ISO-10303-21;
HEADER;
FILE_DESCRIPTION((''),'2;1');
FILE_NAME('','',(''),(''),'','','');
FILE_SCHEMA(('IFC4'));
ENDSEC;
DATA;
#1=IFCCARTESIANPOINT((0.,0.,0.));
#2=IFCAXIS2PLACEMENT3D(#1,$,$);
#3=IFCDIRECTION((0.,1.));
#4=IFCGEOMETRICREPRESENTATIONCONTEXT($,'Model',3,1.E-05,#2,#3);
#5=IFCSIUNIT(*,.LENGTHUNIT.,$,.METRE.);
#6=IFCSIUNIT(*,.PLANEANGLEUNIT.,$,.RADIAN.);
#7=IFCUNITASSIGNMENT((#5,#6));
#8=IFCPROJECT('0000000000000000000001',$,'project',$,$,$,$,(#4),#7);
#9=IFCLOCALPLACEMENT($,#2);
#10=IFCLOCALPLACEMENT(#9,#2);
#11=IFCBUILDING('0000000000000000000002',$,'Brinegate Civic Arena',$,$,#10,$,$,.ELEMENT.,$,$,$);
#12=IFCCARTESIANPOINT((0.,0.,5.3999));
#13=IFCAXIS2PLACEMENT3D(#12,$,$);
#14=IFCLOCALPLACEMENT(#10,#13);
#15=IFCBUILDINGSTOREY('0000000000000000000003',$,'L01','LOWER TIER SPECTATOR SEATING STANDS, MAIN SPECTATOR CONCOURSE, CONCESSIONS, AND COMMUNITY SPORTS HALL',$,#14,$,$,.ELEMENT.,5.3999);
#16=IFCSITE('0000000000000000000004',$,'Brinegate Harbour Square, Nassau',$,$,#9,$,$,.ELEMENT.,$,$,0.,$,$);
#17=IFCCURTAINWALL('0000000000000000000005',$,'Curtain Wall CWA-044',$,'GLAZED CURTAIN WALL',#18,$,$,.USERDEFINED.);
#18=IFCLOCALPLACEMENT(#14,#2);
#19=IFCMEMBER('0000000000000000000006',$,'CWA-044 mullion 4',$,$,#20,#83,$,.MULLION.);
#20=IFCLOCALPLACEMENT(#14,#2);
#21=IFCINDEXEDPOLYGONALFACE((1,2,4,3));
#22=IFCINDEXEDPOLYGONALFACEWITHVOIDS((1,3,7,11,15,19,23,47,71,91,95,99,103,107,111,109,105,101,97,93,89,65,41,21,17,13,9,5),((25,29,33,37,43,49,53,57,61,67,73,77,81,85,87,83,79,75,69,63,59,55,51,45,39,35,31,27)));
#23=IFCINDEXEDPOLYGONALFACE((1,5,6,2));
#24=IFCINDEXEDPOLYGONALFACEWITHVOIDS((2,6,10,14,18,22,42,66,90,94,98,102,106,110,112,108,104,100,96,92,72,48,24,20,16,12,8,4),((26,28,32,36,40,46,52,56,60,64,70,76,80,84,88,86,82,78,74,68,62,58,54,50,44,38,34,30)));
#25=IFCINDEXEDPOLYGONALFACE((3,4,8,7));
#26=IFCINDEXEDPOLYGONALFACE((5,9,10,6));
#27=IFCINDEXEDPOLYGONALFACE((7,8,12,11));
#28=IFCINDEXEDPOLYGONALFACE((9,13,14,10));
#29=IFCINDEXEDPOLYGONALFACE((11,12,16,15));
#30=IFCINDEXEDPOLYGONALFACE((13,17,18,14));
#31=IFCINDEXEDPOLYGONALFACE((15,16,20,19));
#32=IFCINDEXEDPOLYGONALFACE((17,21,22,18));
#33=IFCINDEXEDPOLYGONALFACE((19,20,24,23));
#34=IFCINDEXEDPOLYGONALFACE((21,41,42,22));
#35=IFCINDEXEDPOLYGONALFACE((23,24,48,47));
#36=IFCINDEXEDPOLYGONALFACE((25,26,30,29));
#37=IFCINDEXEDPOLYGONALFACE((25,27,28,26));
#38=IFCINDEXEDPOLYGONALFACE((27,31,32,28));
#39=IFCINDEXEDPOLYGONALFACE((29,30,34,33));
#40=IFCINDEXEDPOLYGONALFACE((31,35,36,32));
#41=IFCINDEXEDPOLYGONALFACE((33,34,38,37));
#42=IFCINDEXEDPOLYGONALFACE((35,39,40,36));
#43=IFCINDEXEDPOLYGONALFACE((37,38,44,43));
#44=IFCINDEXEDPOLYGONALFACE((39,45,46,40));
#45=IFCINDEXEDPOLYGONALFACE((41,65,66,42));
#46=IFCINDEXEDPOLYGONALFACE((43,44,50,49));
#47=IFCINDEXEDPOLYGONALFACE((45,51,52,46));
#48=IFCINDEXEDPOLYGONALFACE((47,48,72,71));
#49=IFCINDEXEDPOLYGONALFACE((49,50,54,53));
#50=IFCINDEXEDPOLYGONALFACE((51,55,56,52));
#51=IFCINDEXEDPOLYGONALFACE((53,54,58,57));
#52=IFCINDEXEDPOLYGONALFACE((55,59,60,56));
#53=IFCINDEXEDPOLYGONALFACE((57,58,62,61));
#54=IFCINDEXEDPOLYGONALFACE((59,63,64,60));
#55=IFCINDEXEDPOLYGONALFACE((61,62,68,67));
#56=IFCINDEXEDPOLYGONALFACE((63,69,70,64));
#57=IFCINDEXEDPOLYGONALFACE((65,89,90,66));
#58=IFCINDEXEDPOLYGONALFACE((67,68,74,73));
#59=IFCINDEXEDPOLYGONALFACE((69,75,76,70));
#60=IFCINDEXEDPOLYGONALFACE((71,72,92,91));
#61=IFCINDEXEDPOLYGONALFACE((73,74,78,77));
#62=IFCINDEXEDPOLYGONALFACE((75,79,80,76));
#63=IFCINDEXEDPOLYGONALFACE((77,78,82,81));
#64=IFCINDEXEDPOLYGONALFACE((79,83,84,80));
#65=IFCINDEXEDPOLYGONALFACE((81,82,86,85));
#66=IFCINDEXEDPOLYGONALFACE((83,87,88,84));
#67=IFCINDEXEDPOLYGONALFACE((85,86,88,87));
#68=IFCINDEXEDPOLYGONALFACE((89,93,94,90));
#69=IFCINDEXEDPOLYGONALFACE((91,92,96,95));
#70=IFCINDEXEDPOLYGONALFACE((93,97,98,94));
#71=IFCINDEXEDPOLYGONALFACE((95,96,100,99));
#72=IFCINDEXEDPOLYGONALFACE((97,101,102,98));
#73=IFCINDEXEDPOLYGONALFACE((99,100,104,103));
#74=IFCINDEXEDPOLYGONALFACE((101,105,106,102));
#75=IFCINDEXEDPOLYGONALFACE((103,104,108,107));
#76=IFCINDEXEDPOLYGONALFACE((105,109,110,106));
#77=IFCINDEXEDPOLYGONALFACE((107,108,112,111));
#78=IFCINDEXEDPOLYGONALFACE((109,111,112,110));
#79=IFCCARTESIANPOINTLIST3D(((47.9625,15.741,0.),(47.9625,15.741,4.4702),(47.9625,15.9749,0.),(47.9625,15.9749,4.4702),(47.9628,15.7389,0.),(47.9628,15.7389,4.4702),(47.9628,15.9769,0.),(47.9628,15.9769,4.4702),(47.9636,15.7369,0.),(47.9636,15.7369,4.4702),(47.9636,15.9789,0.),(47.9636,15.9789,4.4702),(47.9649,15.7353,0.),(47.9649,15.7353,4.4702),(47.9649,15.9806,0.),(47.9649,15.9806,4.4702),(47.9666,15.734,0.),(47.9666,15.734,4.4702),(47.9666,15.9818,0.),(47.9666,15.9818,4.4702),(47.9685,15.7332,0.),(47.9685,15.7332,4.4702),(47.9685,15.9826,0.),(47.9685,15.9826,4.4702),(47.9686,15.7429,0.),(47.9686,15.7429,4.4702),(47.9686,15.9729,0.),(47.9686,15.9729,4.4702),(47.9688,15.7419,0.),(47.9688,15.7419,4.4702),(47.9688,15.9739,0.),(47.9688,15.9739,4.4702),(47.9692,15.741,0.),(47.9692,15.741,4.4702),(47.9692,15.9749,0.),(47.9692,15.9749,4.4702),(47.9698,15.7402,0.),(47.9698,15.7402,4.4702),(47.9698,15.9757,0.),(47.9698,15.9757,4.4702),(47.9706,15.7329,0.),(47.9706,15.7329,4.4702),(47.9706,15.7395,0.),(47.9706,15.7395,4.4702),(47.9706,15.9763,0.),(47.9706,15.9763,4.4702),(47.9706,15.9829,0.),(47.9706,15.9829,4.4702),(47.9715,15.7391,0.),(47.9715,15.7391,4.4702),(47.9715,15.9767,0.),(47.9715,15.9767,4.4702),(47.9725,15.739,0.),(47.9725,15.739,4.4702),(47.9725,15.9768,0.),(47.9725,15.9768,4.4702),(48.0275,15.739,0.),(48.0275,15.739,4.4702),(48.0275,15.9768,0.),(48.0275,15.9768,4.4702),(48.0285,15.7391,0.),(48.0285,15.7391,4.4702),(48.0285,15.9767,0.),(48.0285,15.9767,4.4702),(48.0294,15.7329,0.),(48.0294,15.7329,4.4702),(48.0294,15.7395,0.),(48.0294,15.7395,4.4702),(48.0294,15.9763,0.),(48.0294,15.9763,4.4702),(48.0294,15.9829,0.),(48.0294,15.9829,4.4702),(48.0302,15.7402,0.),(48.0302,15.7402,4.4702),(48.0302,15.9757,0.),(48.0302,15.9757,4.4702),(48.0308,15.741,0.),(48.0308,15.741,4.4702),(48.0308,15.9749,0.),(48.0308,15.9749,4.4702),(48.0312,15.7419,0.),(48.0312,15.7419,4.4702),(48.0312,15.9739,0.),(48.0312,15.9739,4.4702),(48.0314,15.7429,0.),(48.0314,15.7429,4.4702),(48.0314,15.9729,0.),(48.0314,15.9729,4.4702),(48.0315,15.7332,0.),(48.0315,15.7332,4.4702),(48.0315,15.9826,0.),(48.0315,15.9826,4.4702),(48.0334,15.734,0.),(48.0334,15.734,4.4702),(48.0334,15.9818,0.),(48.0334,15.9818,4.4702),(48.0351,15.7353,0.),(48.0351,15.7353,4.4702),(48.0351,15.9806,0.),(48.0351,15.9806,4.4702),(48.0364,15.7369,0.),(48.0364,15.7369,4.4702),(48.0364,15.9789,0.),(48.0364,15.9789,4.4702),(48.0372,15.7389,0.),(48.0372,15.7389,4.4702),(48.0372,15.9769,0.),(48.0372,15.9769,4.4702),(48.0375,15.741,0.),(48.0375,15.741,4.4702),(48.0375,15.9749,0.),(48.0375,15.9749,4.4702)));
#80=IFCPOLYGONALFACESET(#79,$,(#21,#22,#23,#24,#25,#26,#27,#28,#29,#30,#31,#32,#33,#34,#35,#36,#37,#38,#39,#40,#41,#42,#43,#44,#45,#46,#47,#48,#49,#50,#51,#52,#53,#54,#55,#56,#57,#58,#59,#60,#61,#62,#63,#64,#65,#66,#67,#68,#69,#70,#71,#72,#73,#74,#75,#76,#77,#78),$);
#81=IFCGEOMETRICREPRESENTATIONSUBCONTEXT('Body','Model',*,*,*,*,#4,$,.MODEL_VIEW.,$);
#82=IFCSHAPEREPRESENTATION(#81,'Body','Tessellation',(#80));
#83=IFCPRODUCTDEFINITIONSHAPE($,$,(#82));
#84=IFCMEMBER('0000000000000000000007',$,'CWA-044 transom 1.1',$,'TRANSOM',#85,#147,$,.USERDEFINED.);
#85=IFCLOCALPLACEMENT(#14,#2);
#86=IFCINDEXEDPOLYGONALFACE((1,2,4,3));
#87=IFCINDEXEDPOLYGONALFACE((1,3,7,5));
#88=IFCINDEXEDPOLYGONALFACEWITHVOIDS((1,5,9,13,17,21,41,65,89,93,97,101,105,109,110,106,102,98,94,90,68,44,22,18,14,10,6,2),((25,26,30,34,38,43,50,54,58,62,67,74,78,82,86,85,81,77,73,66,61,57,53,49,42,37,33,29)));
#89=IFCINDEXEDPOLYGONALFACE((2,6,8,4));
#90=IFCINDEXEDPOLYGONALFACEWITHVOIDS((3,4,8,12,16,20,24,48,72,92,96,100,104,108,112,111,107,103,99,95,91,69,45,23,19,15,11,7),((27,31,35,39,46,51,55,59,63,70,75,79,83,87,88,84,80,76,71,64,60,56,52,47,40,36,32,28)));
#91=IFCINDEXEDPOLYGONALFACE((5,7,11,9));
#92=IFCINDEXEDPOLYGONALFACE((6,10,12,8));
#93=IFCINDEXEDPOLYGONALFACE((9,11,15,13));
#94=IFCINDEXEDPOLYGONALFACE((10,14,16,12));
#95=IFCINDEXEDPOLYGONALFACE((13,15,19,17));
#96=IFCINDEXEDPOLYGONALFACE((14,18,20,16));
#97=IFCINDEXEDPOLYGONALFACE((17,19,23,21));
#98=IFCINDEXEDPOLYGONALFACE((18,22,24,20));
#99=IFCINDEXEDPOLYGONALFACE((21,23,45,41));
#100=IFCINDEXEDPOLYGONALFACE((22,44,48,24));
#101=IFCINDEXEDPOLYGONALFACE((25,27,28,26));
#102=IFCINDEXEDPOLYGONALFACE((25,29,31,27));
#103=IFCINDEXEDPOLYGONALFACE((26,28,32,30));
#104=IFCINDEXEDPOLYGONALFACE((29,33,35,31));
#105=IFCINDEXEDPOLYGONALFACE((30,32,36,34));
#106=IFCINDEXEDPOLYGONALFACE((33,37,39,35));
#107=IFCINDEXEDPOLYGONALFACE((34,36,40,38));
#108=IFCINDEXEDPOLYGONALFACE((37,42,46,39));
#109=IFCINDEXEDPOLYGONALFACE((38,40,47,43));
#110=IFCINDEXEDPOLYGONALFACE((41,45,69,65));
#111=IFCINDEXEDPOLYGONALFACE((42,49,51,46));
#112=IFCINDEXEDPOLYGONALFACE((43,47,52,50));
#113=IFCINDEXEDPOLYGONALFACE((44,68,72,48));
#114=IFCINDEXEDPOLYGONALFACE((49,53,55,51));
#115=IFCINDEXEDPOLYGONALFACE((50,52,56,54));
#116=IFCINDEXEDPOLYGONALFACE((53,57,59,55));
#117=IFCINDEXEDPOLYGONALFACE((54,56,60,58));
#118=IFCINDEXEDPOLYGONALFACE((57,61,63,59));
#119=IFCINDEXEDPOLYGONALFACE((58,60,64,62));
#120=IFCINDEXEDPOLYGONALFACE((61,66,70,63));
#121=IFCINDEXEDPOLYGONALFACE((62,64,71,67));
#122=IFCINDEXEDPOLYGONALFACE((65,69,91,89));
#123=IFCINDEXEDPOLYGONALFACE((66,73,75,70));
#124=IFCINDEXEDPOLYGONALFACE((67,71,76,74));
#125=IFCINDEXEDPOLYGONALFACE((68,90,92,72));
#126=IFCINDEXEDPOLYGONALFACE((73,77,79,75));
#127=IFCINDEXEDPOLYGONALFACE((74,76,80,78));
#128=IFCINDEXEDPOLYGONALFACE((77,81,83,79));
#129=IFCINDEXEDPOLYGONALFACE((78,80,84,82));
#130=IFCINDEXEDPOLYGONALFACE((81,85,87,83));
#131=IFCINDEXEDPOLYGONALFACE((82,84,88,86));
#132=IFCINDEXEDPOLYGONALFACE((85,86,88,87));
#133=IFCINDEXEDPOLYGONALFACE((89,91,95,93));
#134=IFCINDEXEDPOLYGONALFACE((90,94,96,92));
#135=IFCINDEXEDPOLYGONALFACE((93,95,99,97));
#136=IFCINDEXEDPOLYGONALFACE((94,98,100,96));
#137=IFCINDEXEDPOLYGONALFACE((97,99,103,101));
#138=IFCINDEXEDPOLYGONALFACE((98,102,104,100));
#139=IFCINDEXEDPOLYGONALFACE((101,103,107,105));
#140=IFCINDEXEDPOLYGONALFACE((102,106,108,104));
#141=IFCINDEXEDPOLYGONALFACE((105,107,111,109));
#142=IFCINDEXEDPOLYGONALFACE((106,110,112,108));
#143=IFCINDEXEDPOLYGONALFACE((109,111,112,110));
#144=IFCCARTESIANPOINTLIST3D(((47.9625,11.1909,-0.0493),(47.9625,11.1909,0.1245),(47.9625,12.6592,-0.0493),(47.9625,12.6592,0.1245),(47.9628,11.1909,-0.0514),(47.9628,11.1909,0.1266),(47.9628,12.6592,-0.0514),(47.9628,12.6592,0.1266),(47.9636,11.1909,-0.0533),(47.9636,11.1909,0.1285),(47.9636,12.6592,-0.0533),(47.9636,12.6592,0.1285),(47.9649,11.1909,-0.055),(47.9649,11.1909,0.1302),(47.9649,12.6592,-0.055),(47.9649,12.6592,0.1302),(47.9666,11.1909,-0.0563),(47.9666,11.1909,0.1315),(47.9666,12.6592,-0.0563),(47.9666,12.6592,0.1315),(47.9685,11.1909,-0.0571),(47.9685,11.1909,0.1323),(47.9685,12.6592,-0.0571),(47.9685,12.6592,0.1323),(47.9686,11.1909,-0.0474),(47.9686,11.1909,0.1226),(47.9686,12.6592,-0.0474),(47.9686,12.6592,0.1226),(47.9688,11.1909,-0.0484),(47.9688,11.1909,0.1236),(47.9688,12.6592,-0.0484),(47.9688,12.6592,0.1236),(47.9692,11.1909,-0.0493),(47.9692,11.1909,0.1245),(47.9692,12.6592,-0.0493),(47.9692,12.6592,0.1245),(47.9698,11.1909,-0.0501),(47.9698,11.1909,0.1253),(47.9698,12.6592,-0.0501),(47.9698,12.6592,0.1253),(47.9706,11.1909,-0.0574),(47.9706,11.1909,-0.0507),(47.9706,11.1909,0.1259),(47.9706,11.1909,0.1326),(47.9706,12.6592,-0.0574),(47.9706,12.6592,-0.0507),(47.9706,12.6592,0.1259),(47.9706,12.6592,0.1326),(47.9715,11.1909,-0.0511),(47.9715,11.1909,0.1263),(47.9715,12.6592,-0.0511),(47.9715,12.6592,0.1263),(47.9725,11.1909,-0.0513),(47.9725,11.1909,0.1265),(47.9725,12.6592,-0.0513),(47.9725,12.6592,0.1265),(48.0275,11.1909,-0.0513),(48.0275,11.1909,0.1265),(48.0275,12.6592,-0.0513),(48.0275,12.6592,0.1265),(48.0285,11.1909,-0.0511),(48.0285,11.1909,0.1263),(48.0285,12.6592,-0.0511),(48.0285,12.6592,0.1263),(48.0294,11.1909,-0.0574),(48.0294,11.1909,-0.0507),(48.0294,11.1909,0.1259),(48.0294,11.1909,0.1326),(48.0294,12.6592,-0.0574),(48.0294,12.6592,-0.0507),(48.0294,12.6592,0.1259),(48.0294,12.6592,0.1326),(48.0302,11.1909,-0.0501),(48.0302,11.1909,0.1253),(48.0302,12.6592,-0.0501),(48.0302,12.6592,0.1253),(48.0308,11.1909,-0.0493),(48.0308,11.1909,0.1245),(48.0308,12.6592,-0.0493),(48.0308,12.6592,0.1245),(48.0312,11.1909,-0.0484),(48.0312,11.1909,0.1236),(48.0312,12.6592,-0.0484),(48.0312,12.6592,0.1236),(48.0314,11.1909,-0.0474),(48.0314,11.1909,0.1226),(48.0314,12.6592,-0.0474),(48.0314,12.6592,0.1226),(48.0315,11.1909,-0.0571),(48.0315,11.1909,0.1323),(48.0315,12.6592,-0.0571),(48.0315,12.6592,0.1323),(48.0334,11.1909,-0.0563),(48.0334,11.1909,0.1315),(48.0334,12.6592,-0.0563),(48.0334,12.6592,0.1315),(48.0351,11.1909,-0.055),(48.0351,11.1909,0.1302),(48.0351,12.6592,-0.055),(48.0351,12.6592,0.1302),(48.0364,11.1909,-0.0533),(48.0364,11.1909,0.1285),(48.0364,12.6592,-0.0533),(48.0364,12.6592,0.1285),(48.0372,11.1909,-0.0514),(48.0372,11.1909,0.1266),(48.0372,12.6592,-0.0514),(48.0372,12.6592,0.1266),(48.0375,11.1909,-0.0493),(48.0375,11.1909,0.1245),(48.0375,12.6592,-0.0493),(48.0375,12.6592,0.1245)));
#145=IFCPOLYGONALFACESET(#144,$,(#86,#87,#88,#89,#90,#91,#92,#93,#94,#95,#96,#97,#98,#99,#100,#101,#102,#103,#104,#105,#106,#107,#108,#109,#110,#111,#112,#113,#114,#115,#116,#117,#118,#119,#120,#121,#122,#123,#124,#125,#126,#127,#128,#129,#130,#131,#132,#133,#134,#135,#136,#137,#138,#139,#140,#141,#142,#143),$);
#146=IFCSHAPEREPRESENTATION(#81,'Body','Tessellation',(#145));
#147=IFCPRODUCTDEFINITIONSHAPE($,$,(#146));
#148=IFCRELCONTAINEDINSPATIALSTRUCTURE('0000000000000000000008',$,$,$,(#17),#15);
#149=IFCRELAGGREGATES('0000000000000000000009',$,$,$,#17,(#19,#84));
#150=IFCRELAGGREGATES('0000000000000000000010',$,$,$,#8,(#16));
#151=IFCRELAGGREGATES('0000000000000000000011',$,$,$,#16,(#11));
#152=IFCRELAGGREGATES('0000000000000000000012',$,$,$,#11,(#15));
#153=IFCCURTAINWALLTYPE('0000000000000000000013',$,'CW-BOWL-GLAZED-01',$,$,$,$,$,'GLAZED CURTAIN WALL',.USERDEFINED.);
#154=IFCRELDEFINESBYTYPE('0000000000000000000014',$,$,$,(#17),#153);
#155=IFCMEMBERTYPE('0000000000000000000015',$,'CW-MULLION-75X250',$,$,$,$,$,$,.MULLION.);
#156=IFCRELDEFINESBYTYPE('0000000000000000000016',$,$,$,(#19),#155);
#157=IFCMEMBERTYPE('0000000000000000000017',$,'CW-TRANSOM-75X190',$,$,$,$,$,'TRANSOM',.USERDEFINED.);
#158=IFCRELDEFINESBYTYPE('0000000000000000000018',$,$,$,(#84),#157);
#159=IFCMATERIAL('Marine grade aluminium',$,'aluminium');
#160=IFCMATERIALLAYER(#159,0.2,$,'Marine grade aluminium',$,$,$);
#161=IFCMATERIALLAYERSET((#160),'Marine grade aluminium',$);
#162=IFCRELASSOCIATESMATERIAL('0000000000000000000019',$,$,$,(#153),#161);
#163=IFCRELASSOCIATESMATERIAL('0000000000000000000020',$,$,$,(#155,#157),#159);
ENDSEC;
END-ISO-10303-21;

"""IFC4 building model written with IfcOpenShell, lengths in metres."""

from ifc_helpers import new_model, si_unit, direction, frame, origin, origin_2d, place, context, subcontext, project, spatial, hollow_rectangle, extrude, material, layer, layer_set, material_profile, profile_set, type_object, element, aggregate, save


model = new_model("IFC4")

# Units and contexts
model_context = context("Model", 3, precision=1e-05, world=origin(), true_north=direction((0.0, 1.0)))
body_context = subcontext(model_context, "Body", "Model", "MODEL_VIEW")
ifc_project = project(units=[si_unit("LENGTHUNIT", "METRE"), si_unit("PLANEANGLEUNIT", "RADIAN")], contexts=[model_context])

# Site, building, storey
site_placement = place(None, origin())
site = spatial("IfcSite", under=ifc_project, at=site_placement, Name="Brinegate Harbour Square, Nassau", CompositionType="ELEMENT", RefElevation=0.0)
building_placement = place(site_placement, origin())
building = spatial("IfcBuilding", under=site, at=building_placement, Name="Brinegate Civic Arena", CompositionType="ELEMENT")
storey_placement = place(building_placement, frame((0.0, 0.0, 5.3999)))
storey = spatial("IfcBuildingStorey", under=building, at=storey_placement, Name="L01", Description="LOWER TIER SPECTATOR SEATING STANDS, MAIN SPECTATOR CONCOURSE, CONCESSIONS, AND COMMUNITY SPORTS HALL", CompositionType="ELEMENT", Elevation=5.3999)

# Curtain wall, members
ifc_material_1 = material(Name="Marine grade aluminium", Category="aluminium")
ifc_layer_1 = layer(ifc_material_1, 0.2, Name="Marine grade aluminium")
ifc_layer_set_1 = layer_set([ifc_layer_1], Name="Marine grade aluminium")
curtain_wall_type = type_object("IfcCurtainWallType", Name="CW-BOWL-GLAZED-01", ElementType="GLAZED CURTAIN WALL", PredefinedType="USERDEFINED", material=ifc_layer_set_1)
curtain_wall_placement = place(storey_placement, origin())
curtain_wall = element("IfcCurtainWall", 1, at=curtain_wall_placement, inside=storey, type_object=curtain_wall_type, Name="Curtain Wall CWA-044", ObjectType="GLAZED CURTAIN WALL", PredefinedType="USERDEFINED")
ifc_material_profile_1 = material_profile(ifc_material_1, hollow_rectangle(XDim=0.075, YDim=0.25, WallThickness=0.0061, InnerFilletRadius=0.0039, OuterFilletRadius=0.0081, at=origin_2d()), Name="MUL75X250")
ifc_profile_set_1 = profile_set([ifc_material_profile_1], Name="Marine grade aluminium")
member_type_1 = type_object("IfcMemberType", Name="CW-MULLION-75X250", PredefinedType="MULLION", material=ifc_profile_set_1)
member_1_placement = place(storey_placement, frame((48.0, 15.8579, 0.0), z_axis=(0.0, 0.0, 1.0), x_axis=(-1.0, 0.0, 0.0)))
member_1 = element("IfcMember", 2, at=member_1_placement, type_object=member_type_1, Name="CWA-044 mullion 4", PredefinedType="MULLION", context=body_context, shape_type="SweptSolid", body=[
    extrude(hollow_rectangle(XDim=0.075, YDim=0.25, WallThickness=0.0061, InnerFilletRadius=0.0039, OuterFilletRadius=0.0081, at=origin_2d()), origin(), (0.0, 0.0, 1.0), 4.4702),
])
ifc_material_profile_2 = material_profile(ifc_material_1, hollow_rectangle(XDim=0.075, YDim=0.1899, WallThickness=0.0061, InnerFilletRadius=0.0039, OuterFilletRadius=0.0081, at=origin_2d()), Name="TRN75X190")
ifc_profile_set_2 = profile_set([ifc_material_profile_2], Name="Marine grade aluminium")
member_type_2 = type_object("IfcMemberType", Name="CW-TRANSOM-75X190", ElementType="TRANSOM", PredefinedType="USERDEFINED", material=ifc_profile_set_2)
member_2_placement = place(storey_placement, frame((48.0, 11.1909, 0.0376), z_axis=(0.0, 1.0, 0.0), x_axis=(-1.0, 0.0, 0.0)))
member_2 = element("IfcMember", 3, at=member_2_placement, type_object=member_type_2, Name="CWA-044 transom 1.1", ObjectType="TRANSOM", PredefinedType="USERDEFINED", context=body_context, shape_type="SweptSolid", body=[
    extrude(hollow_rectangle(XDim=0.075, YDim=0.1899, WallThickness=0.0061, InnerFilletRadius=0.0039, OuterFilletRadius=0.0081, at=origin_2d()), origin(), (0.0, 0.0, 1.0), 1.4683),
])

aggregate(curtain_wall, [member_1, member_2])

save(model, "model.ifc")
